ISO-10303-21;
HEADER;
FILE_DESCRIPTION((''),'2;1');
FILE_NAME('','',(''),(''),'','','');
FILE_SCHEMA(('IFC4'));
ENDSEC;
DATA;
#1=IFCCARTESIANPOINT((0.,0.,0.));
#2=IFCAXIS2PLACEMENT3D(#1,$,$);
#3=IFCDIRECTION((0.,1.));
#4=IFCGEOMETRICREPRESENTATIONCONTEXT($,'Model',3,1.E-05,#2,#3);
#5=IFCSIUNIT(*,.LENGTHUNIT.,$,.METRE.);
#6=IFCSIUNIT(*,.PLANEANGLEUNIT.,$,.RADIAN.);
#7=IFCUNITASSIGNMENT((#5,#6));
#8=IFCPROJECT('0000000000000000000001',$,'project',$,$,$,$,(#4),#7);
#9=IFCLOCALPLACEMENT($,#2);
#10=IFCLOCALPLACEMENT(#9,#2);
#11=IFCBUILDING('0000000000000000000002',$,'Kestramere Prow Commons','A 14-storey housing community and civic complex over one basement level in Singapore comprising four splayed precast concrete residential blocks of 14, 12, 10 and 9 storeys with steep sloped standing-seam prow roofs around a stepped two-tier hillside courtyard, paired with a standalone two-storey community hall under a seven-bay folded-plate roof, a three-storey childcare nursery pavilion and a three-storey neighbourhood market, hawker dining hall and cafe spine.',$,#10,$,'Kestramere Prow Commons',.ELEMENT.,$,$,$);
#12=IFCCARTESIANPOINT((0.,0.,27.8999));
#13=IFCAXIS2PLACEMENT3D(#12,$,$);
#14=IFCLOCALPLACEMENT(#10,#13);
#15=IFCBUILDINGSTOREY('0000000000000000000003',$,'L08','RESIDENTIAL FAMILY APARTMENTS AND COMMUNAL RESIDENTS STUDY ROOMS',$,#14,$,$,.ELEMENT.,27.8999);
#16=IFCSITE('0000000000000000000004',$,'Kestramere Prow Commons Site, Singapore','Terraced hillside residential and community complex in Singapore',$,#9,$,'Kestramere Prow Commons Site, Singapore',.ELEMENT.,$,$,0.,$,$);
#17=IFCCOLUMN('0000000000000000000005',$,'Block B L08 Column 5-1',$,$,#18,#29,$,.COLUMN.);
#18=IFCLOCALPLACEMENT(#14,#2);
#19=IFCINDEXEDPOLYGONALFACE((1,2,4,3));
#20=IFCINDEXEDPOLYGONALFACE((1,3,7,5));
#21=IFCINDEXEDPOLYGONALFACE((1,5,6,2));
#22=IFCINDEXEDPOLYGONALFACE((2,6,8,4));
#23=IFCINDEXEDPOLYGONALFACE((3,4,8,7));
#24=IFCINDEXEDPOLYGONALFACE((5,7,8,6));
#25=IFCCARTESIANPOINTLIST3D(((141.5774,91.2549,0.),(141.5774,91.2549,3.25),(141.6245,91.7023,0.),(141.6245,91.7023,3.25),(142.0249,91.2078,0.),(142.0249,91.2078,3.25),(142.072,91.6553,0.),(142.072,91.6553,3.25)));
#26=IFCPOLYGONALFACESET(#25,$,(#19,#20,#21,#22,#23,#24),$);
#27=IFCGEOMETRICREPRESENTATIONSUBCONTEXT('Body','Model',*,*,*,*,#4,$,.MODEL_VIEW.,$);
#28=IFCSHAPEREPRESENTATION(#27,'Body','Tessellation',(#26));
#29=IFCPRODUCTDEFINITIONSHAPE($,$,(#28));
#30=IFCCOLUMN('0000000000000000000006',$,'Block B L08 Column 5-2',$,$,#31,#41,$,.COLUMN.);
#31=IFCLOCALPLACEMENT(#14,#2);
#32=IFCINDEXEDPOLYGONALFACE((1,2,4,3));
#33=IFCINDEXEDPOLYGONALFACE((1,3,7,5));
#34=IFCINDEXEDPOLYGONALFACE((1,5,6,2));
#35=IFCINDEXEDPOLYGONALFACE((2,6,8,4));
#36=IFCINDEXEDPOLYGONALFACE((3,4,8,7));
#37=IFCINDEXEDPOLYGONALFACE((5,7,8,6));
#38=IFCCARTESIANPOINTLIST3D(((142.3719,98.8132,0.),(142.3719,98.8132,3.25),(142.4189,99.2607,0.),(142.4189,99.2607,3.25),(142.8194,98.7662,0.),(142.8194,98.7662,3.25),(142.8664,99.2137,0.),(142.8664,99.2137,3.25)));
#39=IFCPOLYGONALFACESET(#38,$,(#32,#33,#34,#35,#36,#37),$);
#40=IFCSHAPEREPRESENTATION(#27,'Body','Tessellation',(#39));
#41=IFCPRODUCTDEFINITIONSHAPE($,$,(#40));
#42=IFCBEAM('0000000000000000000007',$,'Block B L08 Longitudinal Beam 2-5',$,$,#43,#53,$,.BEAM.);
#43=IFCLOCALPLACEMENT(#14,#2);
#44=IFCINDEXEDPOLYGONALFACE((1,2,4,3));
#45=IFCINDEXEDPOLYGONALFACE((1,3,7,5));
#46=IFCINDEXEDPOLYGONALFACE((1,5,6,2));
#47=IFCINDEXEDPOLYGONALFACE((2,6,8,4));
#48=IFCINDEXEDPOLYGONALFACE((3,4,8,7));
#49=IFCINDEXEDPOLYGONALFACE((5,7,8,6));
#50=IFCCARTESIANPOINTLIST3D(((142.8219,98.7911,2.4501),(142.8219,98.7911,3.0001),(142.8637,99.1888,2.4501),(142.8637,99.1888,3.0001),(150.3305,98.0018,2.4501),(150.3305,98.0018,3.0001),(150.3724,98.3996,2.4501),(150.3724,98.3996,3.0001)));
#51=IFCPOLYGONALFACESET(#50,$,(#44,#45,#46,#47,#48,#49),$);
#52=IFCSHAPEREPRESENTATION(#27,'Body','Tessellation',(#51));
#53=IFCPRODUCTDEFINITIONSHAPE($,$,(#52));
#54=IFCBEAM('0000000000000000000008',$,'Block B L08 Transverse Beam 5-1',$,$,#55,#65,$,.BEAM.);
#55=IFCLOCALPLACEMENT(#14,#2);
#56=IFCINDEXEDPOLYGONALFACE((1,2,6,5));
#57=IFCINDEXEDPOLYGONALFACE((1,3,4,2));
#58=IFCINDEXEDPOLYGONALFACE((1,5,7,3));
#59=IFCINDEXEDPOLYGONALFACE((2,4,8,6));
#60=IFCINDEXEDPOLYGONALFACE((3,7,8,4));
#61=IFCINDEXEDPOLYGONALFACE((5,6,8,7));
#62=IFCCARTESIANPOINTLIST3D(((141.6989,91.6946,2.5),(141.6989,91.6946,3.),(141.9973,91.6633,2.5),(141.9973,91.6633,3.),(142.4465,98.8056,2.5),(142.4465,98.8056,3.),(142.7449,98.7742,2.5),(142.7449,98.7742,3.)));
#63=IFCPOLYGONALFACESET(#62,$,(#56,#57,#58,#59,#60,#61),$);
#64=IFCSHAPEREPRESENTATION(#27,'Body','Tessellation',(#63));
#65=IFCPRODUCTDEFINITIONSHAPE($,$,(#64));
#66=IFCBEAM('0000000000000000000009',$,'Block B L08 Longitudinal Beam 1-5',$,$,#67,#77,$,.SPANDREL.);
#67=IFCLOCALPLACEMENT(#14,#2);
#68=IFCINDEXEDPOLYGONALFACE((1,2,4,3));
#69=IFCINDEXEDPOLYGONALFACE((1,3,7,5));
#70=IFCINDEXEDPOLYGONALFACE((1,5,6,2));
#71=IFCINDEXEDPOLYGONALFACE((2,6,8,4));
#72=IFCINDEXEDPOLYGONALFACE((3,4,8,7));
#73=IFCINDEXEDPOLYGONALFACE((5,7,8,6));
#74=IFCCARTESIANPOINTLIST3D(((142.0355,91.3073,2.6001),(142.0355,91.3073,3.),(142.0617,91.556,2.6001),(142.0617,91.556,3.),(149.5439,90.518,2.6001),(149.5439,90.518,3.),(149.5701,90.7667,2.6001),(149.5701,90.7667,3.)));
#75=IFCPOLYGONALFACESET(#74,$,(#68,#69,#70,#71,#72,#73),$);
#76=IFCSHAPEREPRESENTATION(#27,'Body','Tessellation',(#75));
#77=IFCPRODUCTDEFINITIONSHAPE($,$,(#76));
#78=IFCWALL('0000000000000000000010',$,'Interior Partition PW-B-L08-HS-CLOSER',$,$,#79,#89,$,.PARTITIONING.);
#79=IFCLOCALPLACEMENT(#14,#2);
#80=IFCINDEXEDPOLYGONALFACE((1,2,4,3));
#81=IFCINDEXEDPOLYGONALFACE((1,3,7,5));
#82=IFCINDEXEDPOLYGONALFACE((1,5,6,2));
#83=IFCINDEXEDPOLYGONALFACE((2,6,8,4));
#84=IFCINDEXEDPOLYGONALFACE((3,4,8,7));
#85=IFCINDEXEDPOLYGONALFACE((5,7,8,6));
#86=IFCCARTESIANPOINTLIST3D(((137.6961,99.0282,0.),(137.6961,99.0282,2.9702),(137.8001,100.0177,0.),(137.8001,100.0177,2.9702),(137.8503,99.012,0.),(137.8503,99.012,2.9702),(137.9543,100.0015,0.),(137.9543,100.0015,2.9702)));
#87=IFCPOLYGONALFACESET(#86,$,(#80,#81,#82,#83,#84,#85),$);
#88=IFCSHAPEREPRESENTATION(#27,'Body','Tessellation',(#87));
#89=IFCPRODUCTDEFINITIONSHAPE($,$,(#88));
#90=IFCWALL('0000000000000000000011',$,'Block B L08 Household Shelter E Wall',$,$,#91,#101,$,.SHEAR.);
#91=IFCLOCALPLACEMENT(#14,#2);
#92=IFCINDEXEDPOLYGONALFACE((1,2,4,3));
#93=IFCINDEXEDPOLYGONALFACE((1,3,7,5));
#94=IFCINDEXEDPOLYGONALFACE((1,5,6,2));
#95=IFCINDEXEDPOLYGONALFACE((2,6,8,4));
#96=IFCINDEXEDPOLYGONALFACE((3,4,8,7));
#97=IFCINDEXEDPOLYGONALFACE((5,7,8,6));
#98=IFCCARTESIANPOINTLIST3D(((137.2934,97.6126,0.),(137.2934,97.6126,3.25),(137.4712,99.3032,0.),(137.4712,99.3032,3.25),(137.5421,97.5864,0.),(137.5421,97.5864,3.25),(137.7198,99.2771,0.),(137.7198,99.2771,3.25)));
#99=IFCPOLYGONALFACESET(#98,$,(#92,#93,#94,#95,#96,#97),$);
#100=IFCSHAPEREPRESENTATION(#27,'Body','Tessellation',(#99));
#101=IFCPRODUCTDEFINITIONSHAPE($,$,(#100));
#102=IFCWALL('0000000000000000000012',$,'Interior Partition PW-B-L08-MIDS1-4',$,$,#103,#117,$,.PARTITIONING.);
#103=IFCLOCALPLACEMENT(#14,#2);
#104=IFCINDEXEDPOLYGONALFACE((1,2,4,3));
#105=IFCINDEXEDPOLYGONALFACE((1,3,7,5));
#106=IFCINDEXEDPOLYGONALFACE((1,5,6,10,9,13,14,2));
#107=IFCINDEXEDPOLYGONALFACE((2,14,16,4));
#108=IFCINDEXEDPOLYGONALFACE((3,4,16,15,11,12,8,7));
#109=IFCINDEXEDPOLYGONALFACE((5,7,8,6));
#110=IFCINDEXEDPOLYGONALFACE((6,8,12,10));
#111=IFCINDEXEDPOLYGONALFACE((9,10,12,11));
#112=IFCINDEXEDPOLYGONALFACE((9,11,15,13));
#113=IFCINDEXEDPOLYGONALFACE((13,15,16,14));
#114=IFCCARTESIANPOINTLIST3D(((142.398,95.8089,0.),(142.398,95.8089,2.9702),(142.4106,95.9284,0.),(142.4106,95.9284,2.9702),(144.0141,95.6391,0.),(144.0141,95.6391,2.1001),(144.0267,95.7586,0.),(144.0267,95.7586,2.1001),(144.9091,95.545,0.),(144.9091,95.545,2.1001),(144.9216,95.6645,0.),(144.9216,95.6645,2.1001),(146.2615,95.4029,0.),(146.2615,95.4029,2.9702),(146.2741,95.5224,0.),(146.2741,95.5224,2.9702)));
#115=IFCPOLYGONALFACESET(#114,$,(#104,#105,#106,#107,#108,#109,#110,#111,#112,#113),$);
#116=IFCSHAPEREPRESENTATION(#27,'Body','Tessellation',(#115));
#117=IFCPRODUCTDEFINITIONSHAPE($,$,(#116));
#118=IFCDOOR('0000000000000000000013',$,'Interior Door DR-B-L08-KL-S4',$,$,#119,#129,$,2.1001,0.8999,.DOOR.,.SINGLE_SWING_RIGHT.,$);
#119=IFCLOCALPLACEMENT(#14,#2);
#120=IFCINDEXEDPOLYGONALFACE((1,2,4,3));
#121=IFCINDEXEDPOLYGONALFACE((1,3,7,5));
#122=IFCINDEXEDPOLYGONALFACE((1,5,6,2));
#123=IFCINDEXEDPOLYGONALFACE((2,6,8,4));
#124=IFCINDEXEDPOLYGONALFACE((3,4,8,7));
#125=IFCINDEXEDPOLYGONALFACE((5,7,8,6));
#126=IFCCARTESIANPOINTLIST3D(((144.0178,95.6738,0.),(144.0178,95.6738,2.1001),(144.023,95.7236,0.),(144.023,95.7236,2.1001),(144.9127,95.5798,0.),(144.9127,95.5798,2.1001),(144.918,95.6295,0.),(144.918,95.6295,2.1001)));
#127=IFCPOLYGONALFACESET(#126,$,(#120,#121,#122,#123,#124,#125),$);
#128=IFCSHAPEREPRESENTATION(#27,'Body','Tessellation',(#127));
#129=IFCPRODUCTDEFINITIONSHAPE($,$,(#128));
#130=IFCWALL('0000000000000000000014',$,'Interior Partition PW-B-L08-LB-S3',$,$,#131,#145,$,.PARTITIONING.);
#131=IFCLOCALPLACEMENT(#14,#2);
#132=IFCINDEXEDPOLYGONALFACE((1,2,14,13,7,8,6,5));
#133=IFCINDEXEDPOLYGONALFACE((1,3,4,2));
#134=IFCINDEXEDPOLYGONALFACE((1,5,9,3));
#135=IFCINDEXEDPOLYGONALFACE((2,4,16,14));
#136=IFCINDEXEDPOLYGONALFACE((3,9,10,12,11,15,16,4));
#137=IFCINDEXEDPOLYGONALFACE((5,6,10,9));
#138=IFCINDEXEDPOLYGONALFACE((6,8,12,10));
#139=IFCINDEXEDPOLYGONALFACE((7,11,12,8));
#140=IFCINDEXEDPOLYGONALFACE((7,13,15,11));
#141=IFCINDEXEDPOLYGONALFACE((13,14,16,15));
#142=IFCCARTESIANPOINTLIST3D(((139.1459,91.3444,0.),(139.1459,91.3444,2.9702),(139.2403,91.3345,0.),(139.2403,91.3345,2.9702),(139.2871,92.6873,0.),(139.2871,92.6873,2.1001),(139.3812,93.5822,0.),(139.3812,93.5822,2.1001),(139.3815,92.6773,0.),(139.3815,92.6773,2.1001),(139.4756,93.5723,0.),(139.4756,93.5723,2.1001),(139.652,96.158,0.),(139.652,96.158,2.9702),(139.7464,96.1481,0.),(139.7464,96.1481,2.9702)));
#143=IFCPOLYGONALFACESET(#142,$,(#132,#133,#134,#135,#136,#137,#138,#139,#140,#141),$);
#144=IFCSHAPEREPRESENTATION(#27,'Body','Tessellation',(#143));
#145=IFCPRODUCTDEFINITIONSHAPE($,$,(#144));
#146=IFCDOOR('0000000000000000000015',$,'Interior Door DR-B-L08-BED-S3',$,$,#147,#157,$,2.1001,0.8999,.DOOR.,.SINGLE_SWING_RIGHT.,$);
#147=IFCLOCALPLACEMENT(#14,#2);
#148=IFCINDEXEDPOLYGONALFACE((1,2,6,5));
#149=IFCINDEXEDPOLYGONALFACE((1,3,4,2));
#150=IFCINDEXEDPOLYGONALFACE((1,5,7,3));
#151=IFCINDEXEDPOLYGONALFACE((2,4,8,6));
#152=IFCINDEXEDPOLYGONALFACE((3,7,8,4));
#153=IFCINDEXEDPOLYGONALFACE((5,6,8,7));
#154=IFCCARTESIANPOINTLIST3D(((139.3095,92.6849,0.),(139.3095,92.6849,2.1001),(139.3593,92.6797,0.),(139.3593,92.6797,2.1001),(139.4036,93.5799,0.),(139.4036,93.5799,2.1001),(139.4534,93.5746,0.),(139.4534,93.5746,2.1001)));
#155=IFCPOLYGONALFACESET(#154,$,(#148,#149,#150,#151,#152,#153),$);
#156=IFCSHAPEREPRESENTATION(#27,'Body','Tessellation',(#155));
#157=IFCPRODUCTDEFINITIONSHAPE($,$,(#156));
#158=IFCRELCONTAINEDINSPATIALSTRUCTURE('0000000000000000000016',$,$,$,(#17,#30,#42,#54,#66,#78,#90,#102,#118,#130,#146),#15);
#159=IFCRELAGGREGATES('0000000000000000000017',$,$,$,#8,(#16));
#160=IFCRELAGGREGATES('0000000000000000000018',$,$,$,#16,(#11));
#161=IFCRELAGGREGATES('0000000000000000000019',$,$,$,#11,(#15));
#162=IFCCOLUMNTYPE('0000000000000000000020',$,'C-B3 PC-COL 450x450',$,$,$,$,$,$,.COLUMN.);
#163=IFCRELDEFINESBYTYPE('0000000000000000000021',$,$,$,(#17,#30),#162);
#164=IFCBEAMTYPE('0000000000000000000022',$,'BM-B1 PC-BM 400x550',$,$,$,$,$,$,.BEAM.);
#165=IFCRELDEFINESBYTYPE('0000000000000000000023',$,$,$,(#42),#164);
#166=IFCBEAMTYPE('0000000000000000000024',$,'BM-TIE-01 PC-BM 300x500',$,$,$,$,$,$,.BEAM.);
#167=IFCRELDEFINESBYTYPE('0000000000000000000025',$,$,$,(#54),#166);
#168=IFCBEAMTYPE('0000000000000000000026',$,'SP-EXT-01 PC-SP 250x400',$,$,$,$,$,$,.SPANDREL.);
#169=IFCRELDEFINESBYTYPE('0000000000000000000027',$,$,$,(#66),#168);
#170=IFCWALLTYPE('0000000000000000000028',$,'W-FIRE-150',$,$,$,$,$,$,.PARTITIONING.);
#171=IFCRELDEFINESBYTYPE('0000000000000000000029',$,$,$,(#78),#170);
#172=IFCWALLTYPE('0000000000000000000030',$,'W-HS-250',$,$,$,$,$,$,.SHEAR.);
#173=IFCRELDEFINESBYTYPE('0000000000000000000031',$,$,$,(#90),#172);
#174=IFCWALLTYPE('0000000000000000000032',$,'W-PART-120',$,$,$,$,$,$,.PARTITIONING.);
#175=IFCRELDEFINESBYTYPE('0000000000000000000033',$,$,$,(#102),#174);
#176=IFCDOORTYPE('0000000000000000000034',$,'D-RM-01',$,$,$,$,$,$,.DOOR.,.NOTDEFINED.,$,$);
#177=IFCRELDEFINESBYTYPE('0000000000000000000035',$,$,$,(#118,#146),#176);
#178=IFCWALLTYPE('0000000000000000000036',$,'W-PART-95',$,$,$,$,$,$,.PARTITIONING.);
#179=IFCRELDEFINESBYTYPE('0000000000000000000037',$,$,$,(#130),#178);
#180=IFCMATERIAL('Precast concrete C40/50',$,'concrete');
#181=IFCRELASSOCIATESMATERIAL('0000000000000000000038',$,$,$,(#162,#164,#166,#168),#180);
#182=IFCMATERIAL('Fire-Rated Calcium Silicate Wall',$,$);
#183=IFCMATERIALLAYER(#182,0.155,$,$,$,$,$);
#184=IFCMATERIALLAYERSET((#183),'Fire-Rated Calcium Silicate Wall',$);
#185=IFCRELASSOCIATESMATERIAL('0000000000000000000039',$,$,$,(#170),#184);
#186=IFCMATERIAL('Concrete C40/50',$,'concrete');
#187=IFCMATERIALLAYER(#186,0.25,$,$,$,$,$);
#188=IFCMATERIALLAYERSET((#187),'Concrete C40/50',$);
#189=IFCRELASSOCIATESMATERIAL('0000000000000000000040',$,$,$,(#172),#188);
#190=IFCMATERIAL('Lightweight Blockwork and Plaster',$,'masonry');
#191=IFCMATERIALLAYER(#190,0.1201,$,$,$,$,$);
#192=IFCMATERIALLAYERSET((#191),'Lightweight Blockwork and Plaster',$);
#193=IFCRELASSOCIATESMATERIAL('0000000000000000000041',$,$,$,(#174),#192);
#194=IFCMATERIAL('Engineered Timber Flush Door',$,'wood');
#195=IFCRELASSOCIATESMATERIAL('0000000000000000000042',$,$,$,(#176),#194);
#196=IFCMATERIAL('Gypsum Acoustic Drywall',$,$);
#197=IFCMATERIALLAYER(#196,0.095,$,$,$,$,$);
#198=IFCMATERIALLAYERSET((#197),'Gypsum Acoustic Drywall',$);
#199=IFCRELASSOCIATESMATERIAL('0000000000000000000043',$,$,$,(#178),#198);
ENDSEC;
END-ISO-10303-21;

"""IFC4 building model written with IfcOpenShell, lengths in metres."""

from ifc_helpers import new_model, si_unit, direction, frame, frame_2d, origin, origin_2d, place, context, subcontext, project, spatial, rectangle, extrude, material, layer, layer_set, material_profile, profile_set, type_object, element, fill, save


model = new_model("IFC4")

# Units and contexts
model_context = context("Model", 3, precision=1e-05, world=origin(), true_north=direction((0.0, 1.0)))
body_context = subcontext(model_context, "Body", "Model", "MODEL_VIEW")
ifc_project = project(units=[si_unit("LENGTHUNIT", "METRE"), si_unit("PLANEANGLEUNIT", "RADIAN")], contexts=[model_context])

# Site, building, storey
site_placement = place(None, origin())
site = spatial("IfcSite", under=ifc_project, at=site_placement, Name="Kestramere Prow Commons Site, Singapore", Description="Terraced hillside residential and community complex in Singapore", LongName="Kestramere Prow Commons Site, Singapore", CompositionType="ELEMENT", RefElevation=0.0)
building_placement = place(site_placement, origin())
building = spatial("IfcBuilding", under=site, at=building_placement, Name="Kestramere Prow Commons", Description="A 14-storey housing community and civic complex over one basement level in Singapore comprising four splayed precast concrete residential blocks of 14, 12, 10 and 9 storeys with steep sloped standing-seam prow roofs around a stepped two-tier hillside courtyard, paired with a standalone two-storey community hall under a seven-bay folded-plate roof, a three-storey childcare nursery pavilion and a three-storey neighbourhood market, hawker dining hall and cafe spine.", LongName="Kestramere Prow Commons", CompositionType="ELEMENT")
storey_placement = place(building_placement, frame((0.0, 0.0, 27.8999)))
storey = spatial("IfcBuildingStorey", under=building, at=storey_placement, Name="L08", Description="RESIDENTIAL FAMILY APARTMENTS AND COMMUNAL RESIDENTS STUDY ROOMS", CompositionType="ELEMENT", Elevation=27.8999)

# Columns
ifc_material_1 = material(Name="Precast concrete C40/50", Category="concrete")
ifc_material_profile_1 = material_profile(ifc_material_1, rectangle(XDim=0.45, YDim=0.45, at=origin_2d()), Name="PC-COL 450x450")
ifc_profile_set_1 = profile_set([ifc_material_profile_1], Name="Precast concrete C40/50")
column_type = type_object("IfcColumnType", Name="C-B3 PC-COL 450x450", PredefinedType="COLUMN", material=ifc_profile_set_1)
for number, where, z_axis, x_axis, name in (
    (1, (141.8247, 91.4551, 0.0), (0.0, 0.0, 1.0), (0.994522, -0.104528, 0.0), "Block B L08 Column 5-1"),
    (2, (142.6191, 99.0134, 0.0), (0.0, 0.0, 1.0), (0.994522, -0.104528, 0.0), "Block B L08 Column 5-2"),
):
    element("IfcColumn", number, at=place(storey_placement, frame(where, z_axis=z_axis, x_axis=x_axis)), inside=storey, type_object=column_type, Name=name, PredefinedType="COLUMN", context=body_context, shape_type="SweptSolid", body=[
        extrude(rectangle(XDim=0.45, YDim=0.45, at=origin_2d()), origin(), (0.0, 0.0, 1.0), 3.25),
    ])

# Beams
ifc_material_profile_2 = material_profile(ifc_material_1, rectangle(XDim=0.3999, YDim=0.55, at=origin_2d()), Name="PC-BM 400x550")
ifc_profile_set_2 = profile_set([ifc_material_profile_2], Name="Precast concrete C40/50")
beam_type_1 = type_object("IfcBeamType", Name="BM-B1 PC-BM 400x550", PredefinedType="BEAM", material=ifc_profile_set_2)
beam_1_placement = place(storey_placement, frame((142.8428, 98.99, 2.7251), z_axis=(0.994521, -0.104542, 0.0), x_axis=(0.104542, 0.994521, 0.0)))
element("IfcBeam", 3, at=beam_1_placement, inside=storey, type_object=beam_type_1, Name="Block B L08 Longitudinal Beam 2-5", PredefinedType="BEAM", context=body_context, shape_type="SweptSolid", body=[
    extrude(rectangle(XDim=0.3999, YDim=0.55, at=origin_2d()), origin(), (0.0, 0.0, 1.0), 7.55),
])
ifc_material_profile_3 = material_profile(ifc_material_1, rectangle(XDim=0.3, YDim=0.5, at=origin_2d()), Name="PC-BM 300x500")
ifc_profile_set_3 = profile_set([ifc_material_profile_3], Name="Precast concrete C40/50")
beam_type_2 = type_object("IfcBeamType", Name="BM-TIE-01 PC-BM 300x500", PredefinedType="BEAM", material=ifc_profile_set_3)
beam_2_placement = place(storey_placement, frame((141.8481, 91.679, 2.75), z_axis=(0.104553, 0.994519, 0.0), x_axis=(-0.994519, 0.104553, 0.0)))
element("IfcBeam", 4, at=beam_2_placement, inside=storey, type_object=beam_type_2, Name="Block B L08 Transverse Beam 5-1", PredefinedType="BEAM", context=body_context, shape_type="SweptSolid", body=[
    extrude(rectangle(XDim=0.3, YDim=0.5, at=origin_2d()), origin(), (0.0, 0.0, 1.0), 7.1501),
])
ifc_material_profile_4 = material_profile(ifc_material_1, rectangle(XDim=0.25, YDim=0.3999, at=origin_2d()), Name="PC-SP 250x400")
ifc_profile_set_4 = profile_set([ifc_material_profile_4], Name="Precast concrete C40/50")
beam_type_3 = type_object("IfcBeamType", Name="SP-EXT-01 PC-SP 250x400", PredefinedType="SPANDREL", material=ifc_profile_set_4)
beam_3_placement = place(storey_placement, frame((142.0486, 91.4316, 2.8), z_axis=(0.99452, -0.104545, 0.0), x_axis=(0.104545, 0.99452, 0.0)))
element("IfcBeam", 5, at=beam_3_placement, inside=storey, type_object=beam_type_3, Name="Block B L08 Longitudinal Beam 1-5", PredefinedType="SPANDREL", context=body_context, shape_type="SweptSolid", body=[
    extrude(rectangle(XDim=0.25, YDim=0.3999, at=origin_2d()), origin(), (0.0, 0.0, 1.0), 7.5498),
])

# Walls
ifc_material_2 = material(Name="Fire-Rated Calcium Silicate Wall")
ifc_layer_1 = layer(ifc_material_2, 0.155)
ifc_layer_set_1 = layer_set([ifc_layer_1], Name="Fire-Rated Calcium Silicate Wall")
wall_type_1 = type_object("IfcWallType", Name="W-FIRE-150", PredefinedType="PARTITIONING", material=ifc_layer_set_1)
wall_1_placement = place(storey_placement, frame((137.7732, 99.02, 0.0), z_axis=(0.0, 0.0, 1.0), x_axis=(0.104532, 0.994522, 0.0)))
element("IfcWall", 6, at=wall_1_placement, inside=storey, type_object=wall_type_1, Name="Interior Partition PW-B-L08-HS-CLOSER", PredefinedType="PARTITIONING", context=body_context, shape_type="SweptSolid", body=[
    extrude(rectangle(XDim=0.9949, YDim=0.155, at=frame_2d((0.4976, 0.0))), origin(), (0.0, 0.0, 1.0), 2.9702),
])
ifc_material_3 = material(Name="Concrete C40/50", Category="concrete")
ifc_layer_2 = layer(ifc_material_3, 0.25)
ifc_layer_set_2 = layer_set([ifc_layer_2], Name="Concrete C40/50")
wall_type_2 = type_object("IfcWallType", Name="W-HS-250", PredefinedType="SHEAR", material=ifc_layer_set_2)
wall_2_placement = place(storey_placement, frame((137.4177, 97.5994, 0.0), z_axis=(0.0, 0.0, 1.0), x_axis=(0.10455, 0.99452, 0.0)))
element("IfcWall", 7, at=wall_2_placement, inside=storey, type_object=wall_type_2, Name="Block B L08 Household Shelter E Wall", PredefinedType="SHEAR", context=body_context, shape_type="SweptSolid", body=[
    extrude(rectangle(XDim=1.7, YDim=0.25, at=frame_2d((0.8501, 0.0))), origin(), (0.0, 0.0, 1.0), 3.25),
])

# Walls, openings, doors
ifc_material_4 = material(Name="Lightweight Blockwork and Plaster", Category="masonry")
ifc_layer_3 = layer(ifc_material_4, 0.1201)
ifc_layer_set_3 = layer_set([ifc_layer_3], Name="Lightweight Blockwork and Plaster")
wall_type_3 = type_object("IfcWallType", Name="W-PART-120", PredefinedType="PARTITIONING", material=ifc_layer_set_3)
wall_3_placement = place(storey_placement, frame((142.4043, 95.8687, 0.0), z_axis=(0.0, 0.0, 1.0), x_axis=(0.994524, -0.104511, 0.0)))
wall_3 = element("IfcWall", 8, at=wall_3_placement, inside=storey, type_object=wall_type_3, Name="Interior Partition PW-B-L08-MIDS1-4", PredefinedType="PARTITIONING", context=body_context, shape_type="SweptSolid", body=[
    extrude(rectangle(XDim=3.8848, YDim=0.1201, at=frame_2d((1.9424, 0.0))), origin(), (0.0, 0.0, 1.0), 2.9702),
])
opening_1_placement = place(wall_3_placement, frame((1.625, 0.0, 0.0)))
opening_1 = element("IfcOpeningElement", 9, at=opening_1_placement, cuts=wall_3, PredefinedType="OPENING", context=body_context, shape_type="SweptSolid", body=[
    extrude(rectangle(XDim=0.8999, YDim=2.1001, at=frame_2d((0.45, 1.05))), frame((0.0, 0.075, 0.0), z_axis=(0.0, -1.0, 0.0), x_axis=(1.0, 0.0, 0.0)), (0.0, 0.0, 1.0), 0.1501),
])
ifc_material_5 = material(Name="Engineered Timber Flush Door", Category="wood")
door_type_1 = type_object("IfcDoorType", Name="D-RM-01", OperationType="NOTDEFINED", PredefinedType="DOOR", material=ifc_material_5)
door_1_placement = place(opening_1_placement, origin())
door_1 = element("IfcDoor", 10, at=door_1_placement, inside=storey, type_object=door_type_1, Name="Interior Door DR-B-L08-KL-S4", OperationType="SINGLE_SWING_RIGHT", OverallHeight=2.1001, OverallWidth=0.8999, PredefinedType="DOOR", context=body_context, shape_type="SweptSolid", body=[
    extrude(rectangle(XDim=0.8999, YDim=2.1001, at=frame_2d((0.45, 1.05))), frame((0.0, 0.0249, 0.0), z_axis=(0.0, -1.0, 0.0), x_axis=(1.0, 0.0, 0.0)), (0.0, 0.0, 1.0), 0.05),
])
fill(opening_1, door_1)
ifc_material_6 = material(Name="Gypsum Acoustic Drywall")
ifc_layer_4 = layer(ifc_material_6, 0.095)
ifc_layer_set_4 = layer_set([ifc_layer_4], Name="Gypsum Acoustic Drywall")
wall_type_4 = type_object("IfcWallType", Name="W-PART-95", PredefinedType="PARTITIONING", material=ifc_layer_set_4)
wall_4_placement = place(storey_placement, frame((139.1931, 91.3396, 0.0), z_axis=(0.0, 0.0, 1.0), x_axis=(0.104567, 0.994518, 0.0)))
wall_4 = element("IfcWall", 11, at=wall_4_placement, inside=storey, type_object=wall_type_4, Name="Interior Partition PW-B-L08-LB-S3", PredefinedType="PARTITIONING", context=body_context, shape_type="SweptSolid", body=[
    extrude(rectangle(XDim=4.8401, YDim=0.095, at=frame_2d((2.4199, 0.0))), origin(), (0.0, 0.0, 1.0), 2.9702),
])
opening_2_placement = place(wall_4_placement, frame((1.3501, 0.0, 0.0)))
opening_2 = element("IfcOpeningElement", 12, at=opening_2_placement, cuts=wall_4, PredefinedType="OPENING", context=body_context, shape_type="SweptSolid", body=[
    extrude(rectangle(XDim=0.8999, YDim=2.1001, at=frame_2d((0.45, 1.05))), frame((0.0, 0.0625, 0.0), z_axis=(0.0, -1.0, 0.0), x_axis=(1.0, 0.0, 0.0)), (0.0, 0.0, 1.0), 0.125),
])
door_2_placement = place(opening_2_placement, origin())
door_2 = element("IfcDoor", 13, at=door_2_placement, inside=storey, type_object=door_type_1, Name="Interior Door DR-B-L08-BED-S3", OperationType="SINGLE_SWING_RIGHT", OverallHeight=2.1001, OverallWidth=0.8999, PredefinedType="DOOR", context=body_context, shape_type="SweptSolid", body=[
    extrude(rectangle(XDim=0.8999, YDim=2.1001, at=frame_2d((0.45, 1.05))), frame((0.0, 0.0249, 0.0), z_axis=(0.0, -1.0, 0.0), x_axis=(1.0, 0.0, 0.0)), (0.0, 0.0, 1.0), 0.05),
])
fill(opening_2, door_2)

save(model, "model.ifc")
